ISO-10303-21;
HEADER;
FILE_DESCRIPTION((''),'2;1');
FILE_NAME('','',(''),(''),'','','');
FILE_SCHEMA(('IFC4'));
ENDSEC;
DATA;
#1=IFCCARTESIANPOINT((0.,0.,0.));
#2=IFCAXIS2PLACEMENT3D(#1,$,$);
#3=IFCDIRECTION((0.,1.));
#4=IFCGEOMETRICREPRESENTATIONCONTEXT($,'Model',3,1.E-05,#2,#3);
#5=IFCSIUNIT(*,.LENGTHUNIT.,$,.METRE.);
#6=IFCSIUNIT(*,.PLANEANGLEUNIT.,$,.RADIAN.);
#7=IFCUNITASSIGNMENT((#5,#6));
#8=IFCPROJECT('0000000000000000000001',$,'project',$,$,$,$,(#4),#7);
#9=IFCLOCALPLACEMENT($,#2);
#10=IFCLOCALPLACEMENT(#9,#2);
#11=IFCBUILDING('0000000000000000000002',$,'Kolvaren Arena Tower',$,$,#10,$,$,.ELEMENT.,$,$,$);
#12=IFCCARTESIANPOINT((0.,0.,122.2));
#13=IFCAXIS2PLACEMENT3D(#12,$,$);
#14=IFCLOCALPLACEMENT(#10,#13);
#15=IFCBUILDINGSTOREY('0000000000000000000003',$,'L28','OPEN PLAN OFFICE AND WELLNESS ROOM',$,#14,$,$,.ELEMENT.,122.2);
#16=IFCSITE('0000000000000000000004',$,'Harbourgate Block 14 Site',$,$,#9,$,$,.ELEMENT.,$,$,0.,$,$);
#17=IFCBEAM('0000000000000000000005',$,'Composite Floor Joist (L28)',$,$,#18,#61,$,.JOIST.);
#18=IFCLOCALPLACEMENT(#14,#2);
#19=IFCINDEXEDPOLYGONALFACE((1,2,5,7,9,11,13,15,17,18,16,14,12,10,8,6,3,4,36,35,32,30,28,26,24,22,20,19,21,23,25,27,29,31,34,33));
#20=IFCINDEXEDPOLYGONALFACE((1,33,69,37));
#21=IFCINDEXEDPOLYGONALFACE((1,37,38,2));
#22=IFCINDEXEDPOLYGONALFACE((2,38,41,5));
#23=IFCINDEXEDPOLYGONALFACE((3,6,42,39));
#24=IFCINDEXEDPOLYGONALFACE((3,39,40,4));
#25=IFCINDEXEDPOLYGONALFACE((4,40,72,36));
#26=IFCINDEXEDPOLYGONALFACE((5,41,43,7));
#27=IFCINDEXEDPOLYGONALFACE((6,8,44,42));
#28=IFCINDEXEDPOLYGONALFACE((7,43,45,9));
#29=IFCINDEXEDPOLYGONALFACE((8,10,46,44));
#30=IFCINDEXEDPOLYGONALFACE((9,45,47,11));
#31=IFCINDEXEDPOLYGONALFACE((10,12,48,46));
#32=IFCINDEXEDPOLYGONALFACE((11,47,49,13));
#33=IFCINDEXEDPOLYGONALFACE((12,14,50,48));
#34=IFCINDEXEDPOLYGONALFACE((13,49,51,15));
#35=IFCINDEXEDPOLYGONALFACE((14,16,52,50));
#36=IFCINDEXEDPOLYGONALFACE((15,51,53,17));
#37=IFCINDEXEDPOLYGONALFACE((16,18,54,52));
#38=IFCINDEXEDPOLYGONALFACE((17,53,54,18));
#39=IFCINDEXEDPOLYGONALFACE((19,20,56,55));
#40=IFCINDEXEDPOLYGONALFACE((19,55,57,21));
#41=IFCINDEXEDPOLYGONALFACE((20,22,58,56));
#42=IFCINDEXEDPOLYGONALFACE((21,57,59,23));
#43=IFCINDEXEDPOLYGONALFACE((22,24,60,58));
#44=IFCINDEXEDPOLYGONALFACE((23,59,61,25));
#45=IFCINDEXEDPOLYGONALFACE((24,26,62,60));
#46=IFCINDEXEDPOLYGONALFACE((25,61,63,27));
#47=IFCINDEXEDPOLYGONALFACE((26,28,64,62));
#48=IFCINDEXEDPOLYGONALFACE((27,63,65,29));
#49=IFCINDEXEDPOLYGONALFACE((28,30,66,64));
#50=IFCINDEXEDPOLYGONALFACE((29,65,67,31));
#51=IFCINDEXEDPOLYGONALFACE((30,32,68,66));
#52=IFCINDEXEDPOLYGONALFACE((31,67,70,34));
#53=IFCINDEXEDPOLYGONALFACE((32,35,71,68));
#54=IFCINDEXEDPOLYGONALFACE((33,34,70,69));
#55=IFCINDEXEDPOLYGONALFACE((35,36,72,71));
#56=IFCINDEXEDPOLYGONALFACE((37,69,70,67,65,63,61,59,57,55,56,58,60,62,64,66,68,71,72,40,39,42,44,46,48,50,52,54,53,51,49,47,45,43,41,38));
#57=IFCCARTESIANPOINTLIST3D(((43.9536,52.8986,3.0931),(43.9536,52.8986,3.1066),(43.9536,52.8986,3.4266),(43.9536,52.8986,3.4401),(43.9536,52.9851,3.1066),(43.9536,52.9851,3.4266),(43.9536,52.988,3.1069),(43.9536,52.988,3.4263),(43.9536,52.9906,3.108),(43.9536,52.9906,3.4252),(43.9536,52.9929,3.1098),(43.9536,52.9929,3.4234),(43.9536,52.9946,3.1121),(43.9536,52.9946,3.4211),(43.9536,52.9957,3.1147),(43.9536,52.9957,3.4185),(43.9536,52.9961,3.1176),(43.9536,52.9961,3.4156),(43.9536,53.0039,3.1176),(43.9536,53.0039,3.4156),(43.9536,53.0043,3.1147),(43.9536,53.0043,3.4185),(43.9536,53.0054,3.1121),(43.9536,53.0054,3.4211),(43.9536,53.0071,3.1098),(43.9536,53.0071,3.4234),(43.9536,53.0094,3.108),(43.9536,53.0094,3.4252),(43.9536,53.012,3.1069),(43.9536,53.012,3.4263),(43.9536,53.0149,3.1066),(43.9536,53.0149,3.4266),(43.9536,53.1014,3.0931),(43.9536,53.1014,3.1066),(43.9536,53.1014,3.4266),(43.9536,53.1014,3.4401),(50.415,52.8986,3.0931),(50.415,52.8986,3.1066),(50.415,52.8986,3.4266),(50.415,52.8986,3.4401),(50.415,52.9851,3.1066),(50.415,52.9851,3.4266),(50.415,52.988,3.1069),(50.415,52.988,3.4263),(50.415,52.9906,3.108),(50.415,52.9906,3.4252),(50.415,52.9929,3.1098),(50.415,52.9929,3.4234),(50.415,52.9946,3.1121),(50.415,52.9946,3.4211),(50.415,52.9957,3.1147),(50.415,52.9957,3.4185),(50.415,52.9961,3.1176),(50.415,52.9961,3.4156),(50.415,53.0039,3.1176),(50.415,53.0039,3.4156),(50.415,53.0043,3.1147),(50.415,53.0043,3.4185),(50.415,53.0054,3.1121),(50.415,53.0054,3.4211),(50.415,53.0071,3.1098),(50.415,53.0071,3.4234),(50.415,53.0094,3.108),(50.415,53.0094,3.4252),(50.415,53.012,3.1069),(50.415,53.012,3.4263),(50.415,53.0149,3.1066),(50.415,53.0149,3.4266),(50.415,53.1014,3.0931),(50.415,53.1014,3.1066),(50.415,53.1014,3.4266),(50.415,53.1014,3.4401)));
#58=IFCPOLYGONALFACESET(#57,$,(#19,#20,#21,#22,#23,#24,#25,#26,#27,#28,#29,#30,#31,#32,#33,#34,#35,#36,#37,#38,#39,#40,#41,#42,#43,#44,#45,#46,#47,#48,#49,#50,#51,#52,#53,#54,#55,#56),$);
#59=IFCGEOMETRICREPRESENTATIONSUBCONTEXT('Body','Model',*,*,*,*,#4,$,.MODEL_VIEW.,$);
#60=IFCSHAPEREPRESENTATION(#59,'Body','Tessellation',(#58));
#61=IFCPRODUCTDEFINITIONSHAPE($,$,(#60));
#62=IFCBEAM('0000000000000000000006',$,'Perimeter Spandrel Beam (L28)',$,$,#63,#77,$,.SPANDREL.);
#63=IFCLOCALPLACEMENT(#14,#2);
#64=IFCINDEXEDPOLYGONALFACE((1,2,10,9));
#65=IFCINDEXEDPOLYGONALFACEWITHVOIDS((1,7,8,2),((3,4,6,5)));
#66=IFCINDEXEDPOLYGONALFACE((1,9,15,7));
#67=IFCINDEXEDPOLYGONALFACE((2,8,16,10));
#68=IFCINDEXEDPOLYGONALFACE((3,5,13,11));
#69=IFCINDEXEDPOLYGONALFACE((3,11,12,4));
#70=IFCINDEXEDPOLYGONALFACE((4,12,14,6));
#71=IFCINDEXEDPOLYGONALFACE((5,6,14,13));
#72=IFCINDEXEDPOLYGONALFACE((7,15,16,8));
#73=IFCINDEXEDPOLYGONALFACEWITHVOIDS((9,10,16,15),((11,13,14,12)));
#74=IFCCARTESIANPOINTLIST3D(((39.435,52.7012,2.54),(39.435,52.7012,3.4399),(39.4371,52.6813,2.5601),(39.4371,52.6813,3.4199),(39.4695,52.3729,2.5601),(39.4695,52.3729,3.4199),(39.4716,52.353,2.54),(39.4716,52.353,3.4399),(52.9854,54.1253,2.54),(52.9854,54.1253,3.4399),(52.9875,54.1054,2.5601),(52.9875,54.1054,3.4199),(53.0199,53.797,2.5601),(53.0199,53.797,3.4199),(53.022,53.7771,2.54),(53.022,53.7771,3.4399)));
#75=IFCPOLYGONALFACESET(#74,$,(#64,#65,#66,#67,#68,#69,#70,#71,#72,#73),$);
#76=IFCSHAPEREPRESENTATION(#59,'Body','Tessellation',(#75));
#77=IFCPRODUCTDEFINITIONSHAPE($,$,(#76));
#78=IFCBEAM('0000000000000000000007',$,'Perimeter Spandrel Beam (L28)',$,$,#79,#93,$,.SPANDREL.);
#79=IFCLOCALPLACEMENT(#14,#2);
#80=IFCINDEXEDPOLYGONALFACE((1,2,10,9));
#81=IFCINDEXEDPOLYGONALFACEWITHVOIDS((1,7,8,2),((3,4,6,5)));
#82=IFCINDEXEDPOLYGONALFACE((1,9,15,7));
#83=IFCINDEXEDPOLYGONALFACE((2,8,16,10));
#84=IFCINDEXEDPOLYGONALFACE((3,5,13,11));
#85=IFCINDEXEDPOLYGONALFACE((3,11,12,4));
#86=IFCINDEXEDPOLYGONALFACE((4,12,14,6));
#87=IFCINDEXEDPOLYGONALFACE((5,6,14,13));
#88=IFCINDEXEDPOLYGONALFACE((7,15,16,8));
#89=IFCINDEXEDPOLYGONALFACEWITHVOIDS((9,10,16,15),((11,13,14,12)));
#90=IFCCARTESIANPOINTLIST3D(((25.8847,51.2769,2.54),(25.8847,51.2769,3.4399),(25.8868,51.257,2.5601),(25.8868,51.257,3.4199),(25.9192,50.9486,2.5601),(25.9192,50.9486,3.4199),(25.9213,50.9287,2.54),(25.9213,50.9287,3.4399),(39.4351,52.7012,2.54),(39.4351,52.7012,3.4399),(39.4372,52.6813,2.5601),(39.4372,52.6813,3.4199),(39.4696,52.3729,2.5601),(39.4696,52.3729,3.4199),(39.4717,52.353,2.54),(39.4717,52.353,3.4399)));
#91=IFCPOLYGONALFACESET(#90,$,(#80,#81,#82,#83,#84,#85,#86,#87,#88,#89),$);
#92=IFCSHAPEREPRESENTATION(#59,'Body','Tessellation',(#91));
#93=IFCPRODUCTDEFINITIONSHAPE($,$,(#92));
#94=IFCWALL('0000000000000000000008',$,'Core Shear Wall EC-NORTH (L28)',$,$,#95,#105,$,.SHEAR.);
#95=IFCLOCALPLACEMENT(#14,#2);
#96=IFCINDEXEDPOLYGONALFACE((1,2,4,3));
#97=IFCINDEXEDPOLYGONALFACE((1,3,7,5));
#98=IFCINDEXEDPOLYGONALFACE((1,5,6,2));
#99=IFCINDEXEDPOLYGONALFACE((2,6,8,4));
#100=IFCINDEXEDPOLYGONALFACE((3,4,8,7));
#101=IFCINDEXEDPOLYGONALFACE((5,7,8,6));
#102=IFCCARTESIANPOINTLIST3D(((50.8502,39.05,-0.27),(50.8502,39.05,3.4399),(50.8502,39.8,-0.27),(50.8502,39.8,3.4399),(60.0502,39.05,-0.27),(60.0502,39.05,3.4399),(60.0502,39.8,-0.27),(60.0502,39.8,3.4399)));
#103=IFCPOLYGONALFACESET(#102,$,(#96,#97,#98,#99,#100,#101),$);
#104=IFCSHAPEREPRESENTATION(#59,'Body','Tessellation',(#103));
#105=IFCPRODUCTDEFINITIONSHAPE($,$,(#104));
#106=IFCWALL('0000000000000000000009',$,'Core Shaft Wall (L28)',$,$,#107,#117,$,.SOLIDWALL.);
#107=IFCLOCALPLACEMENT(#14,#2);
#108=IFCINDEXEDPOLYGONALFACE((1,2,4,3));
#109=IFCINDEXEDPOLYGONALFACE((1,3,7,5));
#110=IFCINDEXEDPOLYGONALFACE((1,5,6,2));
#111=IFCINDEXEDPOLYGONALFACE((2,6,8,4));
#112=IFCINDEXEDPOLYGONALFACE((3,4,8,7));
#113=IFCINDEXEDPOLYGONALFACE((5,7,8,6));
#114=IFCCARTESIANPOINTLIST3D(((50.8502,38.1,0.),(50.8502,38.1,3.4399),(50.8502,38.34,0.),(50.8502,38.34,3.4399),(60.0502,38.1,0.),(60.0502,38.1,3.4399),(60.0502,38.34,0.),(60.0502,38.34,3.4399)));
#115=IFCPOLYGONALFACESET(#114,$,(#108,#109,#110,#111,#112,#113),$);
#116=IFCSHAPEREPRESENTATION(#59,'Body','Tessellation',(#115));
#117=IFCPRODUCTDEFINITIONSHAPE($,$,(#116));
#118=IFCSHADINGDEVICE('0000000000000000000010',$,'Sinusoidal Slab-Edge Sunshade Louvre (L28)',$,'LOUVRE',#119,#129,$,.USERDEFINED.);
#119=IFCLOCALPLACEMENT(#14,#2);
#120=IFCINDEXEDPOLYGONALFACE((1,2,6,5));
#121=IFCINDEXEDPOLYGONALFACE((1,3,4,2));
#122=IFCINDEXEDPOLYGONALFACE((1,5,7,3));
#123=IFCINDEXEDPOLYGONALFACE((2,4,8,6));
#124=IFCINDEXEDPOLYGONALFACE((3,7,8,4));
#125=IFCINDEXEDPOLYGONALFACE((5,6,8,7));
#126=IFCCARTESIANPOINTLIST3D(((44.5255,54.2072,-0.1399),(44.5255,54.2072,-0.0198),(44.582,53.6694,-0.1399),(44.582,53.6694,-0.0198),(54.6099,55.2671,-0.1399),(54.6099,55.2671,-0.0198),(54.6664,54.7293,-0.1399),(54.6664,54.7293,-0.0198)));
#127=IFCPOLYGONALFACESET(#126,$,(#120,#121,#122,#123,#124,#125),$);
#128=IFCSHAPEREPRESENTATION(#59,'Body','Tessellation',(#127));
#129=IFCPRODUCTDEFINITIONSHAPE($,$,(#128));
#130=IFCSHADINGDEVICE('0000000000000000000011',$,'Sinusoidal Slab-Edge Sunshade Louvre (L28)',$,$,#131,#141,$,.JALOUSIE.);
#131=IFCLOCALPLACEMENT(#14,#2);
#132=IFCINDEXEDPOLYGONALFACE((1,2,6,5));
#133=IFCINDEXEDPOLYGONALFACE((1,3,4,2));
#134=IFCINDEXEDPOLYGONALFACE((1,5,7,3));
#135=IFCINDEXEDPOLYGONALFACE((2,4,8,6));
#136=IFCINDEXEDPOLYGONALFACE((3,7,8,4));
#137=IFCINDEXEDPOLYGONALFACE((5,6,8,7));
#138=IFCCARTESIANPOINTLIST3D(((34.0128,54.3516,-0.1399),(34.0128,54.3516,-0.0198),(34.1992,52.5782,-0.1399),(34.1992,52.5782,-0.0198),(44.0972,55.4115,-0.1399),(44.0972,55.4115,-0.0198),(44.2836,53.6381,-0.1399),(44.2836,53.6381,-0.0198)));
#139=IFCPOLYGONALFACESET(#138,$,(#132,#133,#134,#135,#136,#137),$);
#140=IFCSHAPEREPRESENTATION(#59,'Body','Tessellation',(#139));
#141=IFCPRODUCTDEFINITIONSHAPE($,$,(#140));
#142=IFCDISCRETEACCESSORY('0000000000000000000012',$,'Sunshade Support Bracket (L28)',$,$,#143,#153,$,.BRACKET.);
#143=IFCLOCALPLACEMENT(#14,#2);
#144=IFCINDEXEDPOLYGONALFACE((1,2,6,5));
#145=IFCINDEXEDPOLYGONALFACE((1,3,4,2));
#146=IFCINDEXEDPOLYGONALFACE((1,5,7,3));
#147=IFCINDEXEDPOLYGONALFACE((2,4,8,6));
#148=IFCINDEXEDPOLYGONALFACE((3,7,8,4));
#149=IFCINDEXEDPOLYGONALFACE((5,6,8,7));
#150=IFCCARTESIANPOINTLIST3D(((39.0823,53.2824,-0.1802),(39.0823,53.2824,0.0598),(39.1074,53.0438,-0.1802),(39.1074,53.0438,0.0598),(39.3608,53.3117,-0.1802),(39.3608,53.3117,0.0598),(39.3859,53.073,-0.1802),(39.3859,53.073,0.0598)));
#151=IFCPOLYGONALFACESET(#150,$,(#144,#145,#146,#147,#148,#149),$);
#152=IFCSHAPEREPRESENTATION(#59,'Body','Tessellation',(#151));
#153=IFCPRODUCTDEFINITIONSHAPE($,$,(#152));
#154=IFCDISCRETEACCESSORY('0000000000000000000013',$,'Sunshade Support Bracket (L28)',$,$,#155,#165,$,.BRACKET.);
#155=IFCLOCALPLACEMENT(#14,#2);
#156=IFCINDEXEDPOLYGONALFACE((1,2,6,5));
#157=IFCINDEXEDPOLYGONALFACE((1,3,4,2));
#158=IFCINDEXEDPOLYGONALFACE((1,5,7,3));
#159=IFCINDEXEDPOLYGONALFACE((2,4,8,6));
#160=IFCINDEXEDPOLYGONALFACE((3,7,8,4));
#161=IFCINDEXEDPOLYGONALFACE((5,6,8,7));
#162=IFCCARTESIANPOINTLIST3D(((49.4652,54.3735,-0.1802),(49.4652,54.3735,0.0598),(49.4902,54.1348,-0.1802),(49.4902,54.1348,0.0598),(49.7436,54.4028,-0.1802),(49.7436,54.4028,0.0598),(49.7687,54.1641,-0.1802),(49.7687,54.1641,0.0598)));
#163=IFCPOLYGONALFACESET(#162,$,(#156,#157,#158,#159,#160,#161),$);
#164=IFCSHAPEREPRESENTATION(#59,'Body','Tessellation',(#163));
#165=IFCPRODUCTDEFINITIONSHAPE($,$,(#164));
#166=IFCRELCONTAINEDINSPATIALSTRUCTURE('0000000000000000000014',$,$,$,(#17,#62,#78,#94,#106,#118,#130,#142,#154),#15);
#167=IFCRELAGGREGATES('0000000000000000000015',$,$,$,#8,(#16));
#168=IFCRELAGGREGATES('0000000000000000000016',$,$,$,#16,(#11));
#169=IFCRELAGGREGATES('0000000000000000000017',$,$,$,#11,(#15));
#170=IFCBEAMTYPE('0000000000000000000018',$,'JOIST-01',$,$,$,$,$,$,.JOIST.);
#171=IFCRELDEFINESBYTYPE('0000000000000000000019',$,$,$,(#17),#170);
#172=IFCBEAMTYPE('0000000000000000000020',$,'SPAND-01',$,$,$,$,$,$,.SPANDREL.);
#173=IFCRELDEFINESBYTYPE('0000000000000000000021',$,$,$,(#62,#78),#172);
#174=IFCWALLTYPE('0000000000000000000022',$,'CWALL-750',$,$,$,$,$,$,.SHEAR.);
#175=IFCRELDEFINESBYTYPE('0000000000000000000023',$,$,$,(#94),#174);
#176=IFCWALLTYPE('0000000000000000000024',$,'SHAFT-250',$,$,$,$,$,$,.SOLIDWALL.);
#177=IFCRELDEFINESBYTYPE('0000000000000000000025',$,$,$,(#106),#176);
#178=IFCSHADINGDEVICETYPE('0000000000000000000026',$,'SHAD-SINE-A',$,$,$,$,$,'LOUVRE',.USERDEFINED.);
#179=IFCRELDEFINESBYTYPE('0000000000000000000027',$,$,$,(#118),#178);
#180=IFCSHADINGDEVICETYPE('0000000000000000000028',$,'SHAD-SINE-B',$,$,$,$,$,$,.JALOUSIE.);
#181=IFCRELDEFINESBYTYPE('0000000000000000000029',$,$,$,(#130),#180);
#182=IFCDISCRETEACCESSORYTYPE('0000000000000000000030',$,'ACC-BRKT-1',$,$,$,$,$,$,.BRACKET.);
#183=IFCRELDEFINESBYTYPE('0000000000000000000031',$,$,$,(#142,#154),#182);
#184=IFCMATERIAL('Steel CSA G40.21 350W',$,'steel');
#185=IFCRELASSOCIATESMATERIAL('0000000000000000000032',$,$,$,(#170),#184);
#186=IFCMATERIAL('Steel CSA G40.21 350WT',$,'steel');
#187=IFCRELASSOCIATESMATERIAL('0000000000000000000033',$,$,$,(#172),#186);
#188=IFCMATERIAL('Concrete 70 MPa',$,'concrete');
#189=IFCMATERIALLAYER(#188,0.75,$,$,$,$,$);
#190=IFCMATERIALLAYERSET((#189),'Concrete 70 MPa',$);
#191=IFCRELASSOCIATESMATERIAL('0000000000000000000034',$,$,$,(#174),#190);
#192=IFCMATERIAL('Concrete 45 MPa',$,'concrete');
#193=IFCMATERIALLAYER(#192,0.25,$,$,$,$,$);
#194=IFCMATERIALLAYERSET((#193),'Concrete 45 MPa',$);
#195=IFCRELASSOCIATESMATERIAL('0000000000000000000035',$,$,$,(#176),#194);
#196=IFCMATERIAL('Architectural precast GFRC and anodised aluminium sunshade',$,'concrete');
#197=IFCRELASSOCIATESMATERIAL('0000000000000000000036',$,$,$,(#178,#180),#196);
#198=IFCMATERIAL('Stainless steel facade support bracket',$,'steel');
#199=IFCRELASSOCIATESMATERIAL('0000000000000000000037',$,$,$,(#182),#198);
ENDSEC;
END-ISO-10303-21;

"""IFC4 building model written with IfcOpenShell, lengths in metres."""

from ifc_helpers import new_model, si_unit, direction, frame, frame_2d, origin, origin_2d, place, context, subcontext, project, spatial, rectangle, hollow_rectangle, i_section, extrude, material, layer, layer_set, material_profile, profile_set, type_object, element, save


model = new_model("IFC4")

# Units and contexts
model_context = context("Model", 3, precision=1e-05, world=origin(), true_north=direction((0.0, 1.0)))
body_context = subcontext(model_context, "Body", "Model", "MODEL_VIEW")
ifc_project = project(units=[si_unit("LENGTHUNIT", "METRE"), si_unit("PLANEANGLEUNIT", "RADIAN")], contexts=[model_context])

# Site, building, storey
site_placement = place(None, origin())
site = spatial("IfcSite", under=ifc_project, at=site_placement, Name="Harbourgate Block 14 Site", CompositionType="ELEMENT", RefElevation=0.0)
building_placement = place(site_placement, origin())
building = spatial("IfcBuilding", under=site, at=building_placement, Name="Kolvaren Arena Tower", CompositionType="ELEMENT")
storey_placement = place(building_placement, frame((0.0, 0.0, 122.2)))
storey = spatial("IfcBuildingStorey", under=building, at=storey_placement, Name="L28", Description="OPEN PLAN OFFICE AND WELLNESS ROOM", CompositionType="ELEMENT", Elevation=122.2)

# Beams
ifc_material_1 = material(Name="Steel CSA G40.21 350W", Category="steel")
ifc_material_profile_1 = material_profile(ifc_material_1, i_section(OverallWidth=0.2029, OverallDepth=0.3469, WebThickness=0.0078, FlangeThickness=0.0134, FilletRadius=0.011, at=origin_2d()), Name="W360x64")
ifc_profile_set_1 = profile_set([ifc_material_profile_1], Name="Steel CSA G40.21 350W")
beam_type_1 = type_object("IfcBeamType", Name="JOIST-01", PredefinedType="JOIST", material=ifc_profile_set_1)
beam_1_placement = place(storey_placement, frame((43.9536, 53.0, 3.2666), z_axis=(1.0, 0.0, 0.0), x_axis=(0.0, 1.0, 0.0)))
element("IfcBeam", 1, at=beam_1_placement, inside=storey, type_object=beam_type_1, Name="Composite Floor Joist (L28)", PredefinedType="JOIST", context=body_context, shape_type="SweptSolid", body=[
    extrude(i_section(OverallWidth=0.2029, OverallDepth=0.3469, WebThickness=0.0078, FlangeThickness=0.0134, FilletRadius=0.011, at=origin_2d()), origin(), (0.0, 0.0, 1.0), 6.4614),
])
ifc_material_2 = material(Name="Steel CSA G40.21 350WT", Category="steel")
ifc_material_profile_2 = material_profile(ifc_material_2, hollow_rectangle(XDim=0.3501, YDim=0.8999, WallThickness=0.02, at=origin_2d()), Name="HSS 900x350x20")
ifc_profile_set_2 = profile_set([ifc_material_profile_2], Name="Steel CSA G40.21 350WT")
beam_type_2 = type_object("IfcBeamType", Name="SPAND-01", PredefinedType="SPANDREL", material=ifc_profile_set_2)
for number, where, z_axis, x_axis, name in (
    (2, (53.0037, 53.9512, 2.99), (-0.994523, -0.10452, 0.0), (0.10452, -0.994523, 0.0), "Perimeter Spandrel Beam (L28)"),
    (3, (39.4534, 52.5271, 2.99), (-0.994521, -0.104537, 0.0), (0.104537, -0.994521, 0.0), "Perimeter Spandrel Beam (L28)"),
):
    element("IfcBeam", number, at=place(storey_placement, frame(where, z_axis=z_axis, x_axis=x_axis)), inside=storey, type_object=beam_type_2, Name=name, PredefinedType="SPANDREL", context=body_context, shape_type="SweptSolid", body=[
        extrude(hollow_rectangle(XDim=0.3501, YDim=0.8999, WallThickness=0.02, at=origin_2d()), origin(), (0.0, 0.0, 1.0), 13.625),
    ])

# Walls
ifc_material_3 = material(Name="Concrete 70 MPa", Category="concrete")
ifc_layer_1 = layer(ifc_material_3, 0.75)
ifc_layer_set_1 = layer_set([ifc_layer_1], Name="Concrete 70 MPa")
wall_type_1 = type_object("IfcWallType", Name="CWALL-750", PredefinedType="SHEAR", material=ifc_layer_set_1)
wall_1_placement = place(storey_placement, frame((50.8501, 39.425, -0.27), z_axis=(0.0, 0.0, 1.0), x_axis=(1.0, 0.0, 0.0)))
element("IfcWall", 4, at=wall_1_placement, inside=storey, type_object=wall_type_1, Name="Core Shear Wall EC-NORTH (L28)", PredefinedType="SHEAR", context=body_context, shape_type="SweptSolid", body=[
    extrude(rectangle(XDim=9.2, YDim=0.75, at=frame_2d((4.6001, 0.0))), origin(), (0.0, 0.0, 1.0), 3.71),
])
ifc_material_4 = material(Name="Concrete 45 MPa", Category="concrete")
ifc_layer_2 = layer(ifc_material_4, 0.25)
ifc_layer_set_2 = layer_set([ifc_layer_2], Name="Concrete 45 MPa")
wall_type_2 = type_object("IfcWallType", Name="SHAFT-250", PredefinedType="SOLIDWALL", material=ifc_layer_set_2)
wall_2_placement = place(storey_placement, frame((50.8501, 38.22, 0.0), z_axis=(0.0, 0.0, 1.0), x_axis=(1.0, 0.0, 0.0)))
element("IfcWall", 5, at=wall_2_placement, inside=storey, type_object=wall_type_2, Name="Core Shaft Wall (L28)", PredefinedType="SOLIDWALL", context=body_context, shape_type="SweptSolid", body=[
    extrude(rectangle(XDim=9.2, YDim=0.24, at=frame_2d((4.6001, 0.0))), origin(), (0.0, 0.0, 1.0), 3.4399),
])

# Shading devices
ifc_material_5 = material(Name="Architectural precast GFRC and anodised aluminium sunshade", Category="concrete")
shading_device_type_1 = type_object("IfcShadingDeviceType", Name="SHAD-SINE-A", ElementType="LOUVRE", PredefinedType="USERDEFINED", material=ifc_material_5)
shading_device_1_placement = place(storey_placement, frame((49.5959, 54.4683, -0.1399), z_axis=(0.0, 0.0, 1.0), x_axis=(0.994522, 0.104527, 0.0)))
element("IfcShadingDevice", 6, at=shading_device_1_placement, inside=storey, type_object=shading_device_type_1, Name="Sinusoidal Slab-Edge Sunshade Louvre (L28)", ObjectType="LOUVRE", PredefinedType="USERDEFINED", context=body_context, shape_type="SweptSolid", body=[
    extrude(rectangle(XDim=10.1399, YDim=0.5408, at=origin_2d()), origin(), (0.0, 0.0, 1.0), 0.1201),
])
shading_device_type_2 = type_object("IfcShadingDeviceType", Name="SHAD-SINE-B", PredefinedType="JALOUSIE", material=ifc_material_5)
shading_device_2_placement = place(storey_placement, frame((39.1482, 53.9949, -0.1399), z_axis=(0.0, 0.0, 1.0), x_axis=(0.994522, 0.104527, 0.0)))
element("IfcShadingDevice", 7, at=shading_device_2_placement, inside=storey, type_object=shading_device_type_2, Name="Sinusoidal Slab-Edge Sunshade Louvre (L28)", PredefinedType="JALOUSIE", context=body_context, shape_type="SweptSolid", body=[
    extrude(rectangle(XDim=10.1399, YDim=1.7832, at=origin_2d()), origin(), (0.0, 0.0, 1.0), 0.1201),
])

# Discrete accessories
ifc_material_6 = material(Name="Stainless steel facade support bracket", Category="steel")
discrete_accessory_type = type_object("IfcDiscreteAccessoryType", Name="ACC-BRKT-1", PredefinedType="BRACKET", material=ifc_material_6)
for number, where, z_axis, x_axis, name in (
    (8, (39.2341, 53.1777, -0.1802), (0.0, 0.0, 1.0), (0.994522, 0.104527, 0.0), "Sunshade Support Bracket (L28)"),
    (9, (49.6169, 54.2688, -0.1802), (0.0, 0.0, 1.0), (0.994522, 0.104527, 0.0), "Sunshade Support Bracket (L28)"),
):
    element("IfcDiscreteAccessory", number, at=place(storey_placement, frame(where, z_axis=z_axis, x_axis=x_axis)), inside=storey, type_object=discrete_accessory_type, Name=name, PredefinedType="BRACKET", context=body_context, shape_type="SweptSolid", body=[
        extrude(rectangle(XDim=0.28, YDim=0.24, at=origin_2d()), origin(), (0.0, 0.0, 1.0), 0.24),
    ])

save(model, "model.ifc")
